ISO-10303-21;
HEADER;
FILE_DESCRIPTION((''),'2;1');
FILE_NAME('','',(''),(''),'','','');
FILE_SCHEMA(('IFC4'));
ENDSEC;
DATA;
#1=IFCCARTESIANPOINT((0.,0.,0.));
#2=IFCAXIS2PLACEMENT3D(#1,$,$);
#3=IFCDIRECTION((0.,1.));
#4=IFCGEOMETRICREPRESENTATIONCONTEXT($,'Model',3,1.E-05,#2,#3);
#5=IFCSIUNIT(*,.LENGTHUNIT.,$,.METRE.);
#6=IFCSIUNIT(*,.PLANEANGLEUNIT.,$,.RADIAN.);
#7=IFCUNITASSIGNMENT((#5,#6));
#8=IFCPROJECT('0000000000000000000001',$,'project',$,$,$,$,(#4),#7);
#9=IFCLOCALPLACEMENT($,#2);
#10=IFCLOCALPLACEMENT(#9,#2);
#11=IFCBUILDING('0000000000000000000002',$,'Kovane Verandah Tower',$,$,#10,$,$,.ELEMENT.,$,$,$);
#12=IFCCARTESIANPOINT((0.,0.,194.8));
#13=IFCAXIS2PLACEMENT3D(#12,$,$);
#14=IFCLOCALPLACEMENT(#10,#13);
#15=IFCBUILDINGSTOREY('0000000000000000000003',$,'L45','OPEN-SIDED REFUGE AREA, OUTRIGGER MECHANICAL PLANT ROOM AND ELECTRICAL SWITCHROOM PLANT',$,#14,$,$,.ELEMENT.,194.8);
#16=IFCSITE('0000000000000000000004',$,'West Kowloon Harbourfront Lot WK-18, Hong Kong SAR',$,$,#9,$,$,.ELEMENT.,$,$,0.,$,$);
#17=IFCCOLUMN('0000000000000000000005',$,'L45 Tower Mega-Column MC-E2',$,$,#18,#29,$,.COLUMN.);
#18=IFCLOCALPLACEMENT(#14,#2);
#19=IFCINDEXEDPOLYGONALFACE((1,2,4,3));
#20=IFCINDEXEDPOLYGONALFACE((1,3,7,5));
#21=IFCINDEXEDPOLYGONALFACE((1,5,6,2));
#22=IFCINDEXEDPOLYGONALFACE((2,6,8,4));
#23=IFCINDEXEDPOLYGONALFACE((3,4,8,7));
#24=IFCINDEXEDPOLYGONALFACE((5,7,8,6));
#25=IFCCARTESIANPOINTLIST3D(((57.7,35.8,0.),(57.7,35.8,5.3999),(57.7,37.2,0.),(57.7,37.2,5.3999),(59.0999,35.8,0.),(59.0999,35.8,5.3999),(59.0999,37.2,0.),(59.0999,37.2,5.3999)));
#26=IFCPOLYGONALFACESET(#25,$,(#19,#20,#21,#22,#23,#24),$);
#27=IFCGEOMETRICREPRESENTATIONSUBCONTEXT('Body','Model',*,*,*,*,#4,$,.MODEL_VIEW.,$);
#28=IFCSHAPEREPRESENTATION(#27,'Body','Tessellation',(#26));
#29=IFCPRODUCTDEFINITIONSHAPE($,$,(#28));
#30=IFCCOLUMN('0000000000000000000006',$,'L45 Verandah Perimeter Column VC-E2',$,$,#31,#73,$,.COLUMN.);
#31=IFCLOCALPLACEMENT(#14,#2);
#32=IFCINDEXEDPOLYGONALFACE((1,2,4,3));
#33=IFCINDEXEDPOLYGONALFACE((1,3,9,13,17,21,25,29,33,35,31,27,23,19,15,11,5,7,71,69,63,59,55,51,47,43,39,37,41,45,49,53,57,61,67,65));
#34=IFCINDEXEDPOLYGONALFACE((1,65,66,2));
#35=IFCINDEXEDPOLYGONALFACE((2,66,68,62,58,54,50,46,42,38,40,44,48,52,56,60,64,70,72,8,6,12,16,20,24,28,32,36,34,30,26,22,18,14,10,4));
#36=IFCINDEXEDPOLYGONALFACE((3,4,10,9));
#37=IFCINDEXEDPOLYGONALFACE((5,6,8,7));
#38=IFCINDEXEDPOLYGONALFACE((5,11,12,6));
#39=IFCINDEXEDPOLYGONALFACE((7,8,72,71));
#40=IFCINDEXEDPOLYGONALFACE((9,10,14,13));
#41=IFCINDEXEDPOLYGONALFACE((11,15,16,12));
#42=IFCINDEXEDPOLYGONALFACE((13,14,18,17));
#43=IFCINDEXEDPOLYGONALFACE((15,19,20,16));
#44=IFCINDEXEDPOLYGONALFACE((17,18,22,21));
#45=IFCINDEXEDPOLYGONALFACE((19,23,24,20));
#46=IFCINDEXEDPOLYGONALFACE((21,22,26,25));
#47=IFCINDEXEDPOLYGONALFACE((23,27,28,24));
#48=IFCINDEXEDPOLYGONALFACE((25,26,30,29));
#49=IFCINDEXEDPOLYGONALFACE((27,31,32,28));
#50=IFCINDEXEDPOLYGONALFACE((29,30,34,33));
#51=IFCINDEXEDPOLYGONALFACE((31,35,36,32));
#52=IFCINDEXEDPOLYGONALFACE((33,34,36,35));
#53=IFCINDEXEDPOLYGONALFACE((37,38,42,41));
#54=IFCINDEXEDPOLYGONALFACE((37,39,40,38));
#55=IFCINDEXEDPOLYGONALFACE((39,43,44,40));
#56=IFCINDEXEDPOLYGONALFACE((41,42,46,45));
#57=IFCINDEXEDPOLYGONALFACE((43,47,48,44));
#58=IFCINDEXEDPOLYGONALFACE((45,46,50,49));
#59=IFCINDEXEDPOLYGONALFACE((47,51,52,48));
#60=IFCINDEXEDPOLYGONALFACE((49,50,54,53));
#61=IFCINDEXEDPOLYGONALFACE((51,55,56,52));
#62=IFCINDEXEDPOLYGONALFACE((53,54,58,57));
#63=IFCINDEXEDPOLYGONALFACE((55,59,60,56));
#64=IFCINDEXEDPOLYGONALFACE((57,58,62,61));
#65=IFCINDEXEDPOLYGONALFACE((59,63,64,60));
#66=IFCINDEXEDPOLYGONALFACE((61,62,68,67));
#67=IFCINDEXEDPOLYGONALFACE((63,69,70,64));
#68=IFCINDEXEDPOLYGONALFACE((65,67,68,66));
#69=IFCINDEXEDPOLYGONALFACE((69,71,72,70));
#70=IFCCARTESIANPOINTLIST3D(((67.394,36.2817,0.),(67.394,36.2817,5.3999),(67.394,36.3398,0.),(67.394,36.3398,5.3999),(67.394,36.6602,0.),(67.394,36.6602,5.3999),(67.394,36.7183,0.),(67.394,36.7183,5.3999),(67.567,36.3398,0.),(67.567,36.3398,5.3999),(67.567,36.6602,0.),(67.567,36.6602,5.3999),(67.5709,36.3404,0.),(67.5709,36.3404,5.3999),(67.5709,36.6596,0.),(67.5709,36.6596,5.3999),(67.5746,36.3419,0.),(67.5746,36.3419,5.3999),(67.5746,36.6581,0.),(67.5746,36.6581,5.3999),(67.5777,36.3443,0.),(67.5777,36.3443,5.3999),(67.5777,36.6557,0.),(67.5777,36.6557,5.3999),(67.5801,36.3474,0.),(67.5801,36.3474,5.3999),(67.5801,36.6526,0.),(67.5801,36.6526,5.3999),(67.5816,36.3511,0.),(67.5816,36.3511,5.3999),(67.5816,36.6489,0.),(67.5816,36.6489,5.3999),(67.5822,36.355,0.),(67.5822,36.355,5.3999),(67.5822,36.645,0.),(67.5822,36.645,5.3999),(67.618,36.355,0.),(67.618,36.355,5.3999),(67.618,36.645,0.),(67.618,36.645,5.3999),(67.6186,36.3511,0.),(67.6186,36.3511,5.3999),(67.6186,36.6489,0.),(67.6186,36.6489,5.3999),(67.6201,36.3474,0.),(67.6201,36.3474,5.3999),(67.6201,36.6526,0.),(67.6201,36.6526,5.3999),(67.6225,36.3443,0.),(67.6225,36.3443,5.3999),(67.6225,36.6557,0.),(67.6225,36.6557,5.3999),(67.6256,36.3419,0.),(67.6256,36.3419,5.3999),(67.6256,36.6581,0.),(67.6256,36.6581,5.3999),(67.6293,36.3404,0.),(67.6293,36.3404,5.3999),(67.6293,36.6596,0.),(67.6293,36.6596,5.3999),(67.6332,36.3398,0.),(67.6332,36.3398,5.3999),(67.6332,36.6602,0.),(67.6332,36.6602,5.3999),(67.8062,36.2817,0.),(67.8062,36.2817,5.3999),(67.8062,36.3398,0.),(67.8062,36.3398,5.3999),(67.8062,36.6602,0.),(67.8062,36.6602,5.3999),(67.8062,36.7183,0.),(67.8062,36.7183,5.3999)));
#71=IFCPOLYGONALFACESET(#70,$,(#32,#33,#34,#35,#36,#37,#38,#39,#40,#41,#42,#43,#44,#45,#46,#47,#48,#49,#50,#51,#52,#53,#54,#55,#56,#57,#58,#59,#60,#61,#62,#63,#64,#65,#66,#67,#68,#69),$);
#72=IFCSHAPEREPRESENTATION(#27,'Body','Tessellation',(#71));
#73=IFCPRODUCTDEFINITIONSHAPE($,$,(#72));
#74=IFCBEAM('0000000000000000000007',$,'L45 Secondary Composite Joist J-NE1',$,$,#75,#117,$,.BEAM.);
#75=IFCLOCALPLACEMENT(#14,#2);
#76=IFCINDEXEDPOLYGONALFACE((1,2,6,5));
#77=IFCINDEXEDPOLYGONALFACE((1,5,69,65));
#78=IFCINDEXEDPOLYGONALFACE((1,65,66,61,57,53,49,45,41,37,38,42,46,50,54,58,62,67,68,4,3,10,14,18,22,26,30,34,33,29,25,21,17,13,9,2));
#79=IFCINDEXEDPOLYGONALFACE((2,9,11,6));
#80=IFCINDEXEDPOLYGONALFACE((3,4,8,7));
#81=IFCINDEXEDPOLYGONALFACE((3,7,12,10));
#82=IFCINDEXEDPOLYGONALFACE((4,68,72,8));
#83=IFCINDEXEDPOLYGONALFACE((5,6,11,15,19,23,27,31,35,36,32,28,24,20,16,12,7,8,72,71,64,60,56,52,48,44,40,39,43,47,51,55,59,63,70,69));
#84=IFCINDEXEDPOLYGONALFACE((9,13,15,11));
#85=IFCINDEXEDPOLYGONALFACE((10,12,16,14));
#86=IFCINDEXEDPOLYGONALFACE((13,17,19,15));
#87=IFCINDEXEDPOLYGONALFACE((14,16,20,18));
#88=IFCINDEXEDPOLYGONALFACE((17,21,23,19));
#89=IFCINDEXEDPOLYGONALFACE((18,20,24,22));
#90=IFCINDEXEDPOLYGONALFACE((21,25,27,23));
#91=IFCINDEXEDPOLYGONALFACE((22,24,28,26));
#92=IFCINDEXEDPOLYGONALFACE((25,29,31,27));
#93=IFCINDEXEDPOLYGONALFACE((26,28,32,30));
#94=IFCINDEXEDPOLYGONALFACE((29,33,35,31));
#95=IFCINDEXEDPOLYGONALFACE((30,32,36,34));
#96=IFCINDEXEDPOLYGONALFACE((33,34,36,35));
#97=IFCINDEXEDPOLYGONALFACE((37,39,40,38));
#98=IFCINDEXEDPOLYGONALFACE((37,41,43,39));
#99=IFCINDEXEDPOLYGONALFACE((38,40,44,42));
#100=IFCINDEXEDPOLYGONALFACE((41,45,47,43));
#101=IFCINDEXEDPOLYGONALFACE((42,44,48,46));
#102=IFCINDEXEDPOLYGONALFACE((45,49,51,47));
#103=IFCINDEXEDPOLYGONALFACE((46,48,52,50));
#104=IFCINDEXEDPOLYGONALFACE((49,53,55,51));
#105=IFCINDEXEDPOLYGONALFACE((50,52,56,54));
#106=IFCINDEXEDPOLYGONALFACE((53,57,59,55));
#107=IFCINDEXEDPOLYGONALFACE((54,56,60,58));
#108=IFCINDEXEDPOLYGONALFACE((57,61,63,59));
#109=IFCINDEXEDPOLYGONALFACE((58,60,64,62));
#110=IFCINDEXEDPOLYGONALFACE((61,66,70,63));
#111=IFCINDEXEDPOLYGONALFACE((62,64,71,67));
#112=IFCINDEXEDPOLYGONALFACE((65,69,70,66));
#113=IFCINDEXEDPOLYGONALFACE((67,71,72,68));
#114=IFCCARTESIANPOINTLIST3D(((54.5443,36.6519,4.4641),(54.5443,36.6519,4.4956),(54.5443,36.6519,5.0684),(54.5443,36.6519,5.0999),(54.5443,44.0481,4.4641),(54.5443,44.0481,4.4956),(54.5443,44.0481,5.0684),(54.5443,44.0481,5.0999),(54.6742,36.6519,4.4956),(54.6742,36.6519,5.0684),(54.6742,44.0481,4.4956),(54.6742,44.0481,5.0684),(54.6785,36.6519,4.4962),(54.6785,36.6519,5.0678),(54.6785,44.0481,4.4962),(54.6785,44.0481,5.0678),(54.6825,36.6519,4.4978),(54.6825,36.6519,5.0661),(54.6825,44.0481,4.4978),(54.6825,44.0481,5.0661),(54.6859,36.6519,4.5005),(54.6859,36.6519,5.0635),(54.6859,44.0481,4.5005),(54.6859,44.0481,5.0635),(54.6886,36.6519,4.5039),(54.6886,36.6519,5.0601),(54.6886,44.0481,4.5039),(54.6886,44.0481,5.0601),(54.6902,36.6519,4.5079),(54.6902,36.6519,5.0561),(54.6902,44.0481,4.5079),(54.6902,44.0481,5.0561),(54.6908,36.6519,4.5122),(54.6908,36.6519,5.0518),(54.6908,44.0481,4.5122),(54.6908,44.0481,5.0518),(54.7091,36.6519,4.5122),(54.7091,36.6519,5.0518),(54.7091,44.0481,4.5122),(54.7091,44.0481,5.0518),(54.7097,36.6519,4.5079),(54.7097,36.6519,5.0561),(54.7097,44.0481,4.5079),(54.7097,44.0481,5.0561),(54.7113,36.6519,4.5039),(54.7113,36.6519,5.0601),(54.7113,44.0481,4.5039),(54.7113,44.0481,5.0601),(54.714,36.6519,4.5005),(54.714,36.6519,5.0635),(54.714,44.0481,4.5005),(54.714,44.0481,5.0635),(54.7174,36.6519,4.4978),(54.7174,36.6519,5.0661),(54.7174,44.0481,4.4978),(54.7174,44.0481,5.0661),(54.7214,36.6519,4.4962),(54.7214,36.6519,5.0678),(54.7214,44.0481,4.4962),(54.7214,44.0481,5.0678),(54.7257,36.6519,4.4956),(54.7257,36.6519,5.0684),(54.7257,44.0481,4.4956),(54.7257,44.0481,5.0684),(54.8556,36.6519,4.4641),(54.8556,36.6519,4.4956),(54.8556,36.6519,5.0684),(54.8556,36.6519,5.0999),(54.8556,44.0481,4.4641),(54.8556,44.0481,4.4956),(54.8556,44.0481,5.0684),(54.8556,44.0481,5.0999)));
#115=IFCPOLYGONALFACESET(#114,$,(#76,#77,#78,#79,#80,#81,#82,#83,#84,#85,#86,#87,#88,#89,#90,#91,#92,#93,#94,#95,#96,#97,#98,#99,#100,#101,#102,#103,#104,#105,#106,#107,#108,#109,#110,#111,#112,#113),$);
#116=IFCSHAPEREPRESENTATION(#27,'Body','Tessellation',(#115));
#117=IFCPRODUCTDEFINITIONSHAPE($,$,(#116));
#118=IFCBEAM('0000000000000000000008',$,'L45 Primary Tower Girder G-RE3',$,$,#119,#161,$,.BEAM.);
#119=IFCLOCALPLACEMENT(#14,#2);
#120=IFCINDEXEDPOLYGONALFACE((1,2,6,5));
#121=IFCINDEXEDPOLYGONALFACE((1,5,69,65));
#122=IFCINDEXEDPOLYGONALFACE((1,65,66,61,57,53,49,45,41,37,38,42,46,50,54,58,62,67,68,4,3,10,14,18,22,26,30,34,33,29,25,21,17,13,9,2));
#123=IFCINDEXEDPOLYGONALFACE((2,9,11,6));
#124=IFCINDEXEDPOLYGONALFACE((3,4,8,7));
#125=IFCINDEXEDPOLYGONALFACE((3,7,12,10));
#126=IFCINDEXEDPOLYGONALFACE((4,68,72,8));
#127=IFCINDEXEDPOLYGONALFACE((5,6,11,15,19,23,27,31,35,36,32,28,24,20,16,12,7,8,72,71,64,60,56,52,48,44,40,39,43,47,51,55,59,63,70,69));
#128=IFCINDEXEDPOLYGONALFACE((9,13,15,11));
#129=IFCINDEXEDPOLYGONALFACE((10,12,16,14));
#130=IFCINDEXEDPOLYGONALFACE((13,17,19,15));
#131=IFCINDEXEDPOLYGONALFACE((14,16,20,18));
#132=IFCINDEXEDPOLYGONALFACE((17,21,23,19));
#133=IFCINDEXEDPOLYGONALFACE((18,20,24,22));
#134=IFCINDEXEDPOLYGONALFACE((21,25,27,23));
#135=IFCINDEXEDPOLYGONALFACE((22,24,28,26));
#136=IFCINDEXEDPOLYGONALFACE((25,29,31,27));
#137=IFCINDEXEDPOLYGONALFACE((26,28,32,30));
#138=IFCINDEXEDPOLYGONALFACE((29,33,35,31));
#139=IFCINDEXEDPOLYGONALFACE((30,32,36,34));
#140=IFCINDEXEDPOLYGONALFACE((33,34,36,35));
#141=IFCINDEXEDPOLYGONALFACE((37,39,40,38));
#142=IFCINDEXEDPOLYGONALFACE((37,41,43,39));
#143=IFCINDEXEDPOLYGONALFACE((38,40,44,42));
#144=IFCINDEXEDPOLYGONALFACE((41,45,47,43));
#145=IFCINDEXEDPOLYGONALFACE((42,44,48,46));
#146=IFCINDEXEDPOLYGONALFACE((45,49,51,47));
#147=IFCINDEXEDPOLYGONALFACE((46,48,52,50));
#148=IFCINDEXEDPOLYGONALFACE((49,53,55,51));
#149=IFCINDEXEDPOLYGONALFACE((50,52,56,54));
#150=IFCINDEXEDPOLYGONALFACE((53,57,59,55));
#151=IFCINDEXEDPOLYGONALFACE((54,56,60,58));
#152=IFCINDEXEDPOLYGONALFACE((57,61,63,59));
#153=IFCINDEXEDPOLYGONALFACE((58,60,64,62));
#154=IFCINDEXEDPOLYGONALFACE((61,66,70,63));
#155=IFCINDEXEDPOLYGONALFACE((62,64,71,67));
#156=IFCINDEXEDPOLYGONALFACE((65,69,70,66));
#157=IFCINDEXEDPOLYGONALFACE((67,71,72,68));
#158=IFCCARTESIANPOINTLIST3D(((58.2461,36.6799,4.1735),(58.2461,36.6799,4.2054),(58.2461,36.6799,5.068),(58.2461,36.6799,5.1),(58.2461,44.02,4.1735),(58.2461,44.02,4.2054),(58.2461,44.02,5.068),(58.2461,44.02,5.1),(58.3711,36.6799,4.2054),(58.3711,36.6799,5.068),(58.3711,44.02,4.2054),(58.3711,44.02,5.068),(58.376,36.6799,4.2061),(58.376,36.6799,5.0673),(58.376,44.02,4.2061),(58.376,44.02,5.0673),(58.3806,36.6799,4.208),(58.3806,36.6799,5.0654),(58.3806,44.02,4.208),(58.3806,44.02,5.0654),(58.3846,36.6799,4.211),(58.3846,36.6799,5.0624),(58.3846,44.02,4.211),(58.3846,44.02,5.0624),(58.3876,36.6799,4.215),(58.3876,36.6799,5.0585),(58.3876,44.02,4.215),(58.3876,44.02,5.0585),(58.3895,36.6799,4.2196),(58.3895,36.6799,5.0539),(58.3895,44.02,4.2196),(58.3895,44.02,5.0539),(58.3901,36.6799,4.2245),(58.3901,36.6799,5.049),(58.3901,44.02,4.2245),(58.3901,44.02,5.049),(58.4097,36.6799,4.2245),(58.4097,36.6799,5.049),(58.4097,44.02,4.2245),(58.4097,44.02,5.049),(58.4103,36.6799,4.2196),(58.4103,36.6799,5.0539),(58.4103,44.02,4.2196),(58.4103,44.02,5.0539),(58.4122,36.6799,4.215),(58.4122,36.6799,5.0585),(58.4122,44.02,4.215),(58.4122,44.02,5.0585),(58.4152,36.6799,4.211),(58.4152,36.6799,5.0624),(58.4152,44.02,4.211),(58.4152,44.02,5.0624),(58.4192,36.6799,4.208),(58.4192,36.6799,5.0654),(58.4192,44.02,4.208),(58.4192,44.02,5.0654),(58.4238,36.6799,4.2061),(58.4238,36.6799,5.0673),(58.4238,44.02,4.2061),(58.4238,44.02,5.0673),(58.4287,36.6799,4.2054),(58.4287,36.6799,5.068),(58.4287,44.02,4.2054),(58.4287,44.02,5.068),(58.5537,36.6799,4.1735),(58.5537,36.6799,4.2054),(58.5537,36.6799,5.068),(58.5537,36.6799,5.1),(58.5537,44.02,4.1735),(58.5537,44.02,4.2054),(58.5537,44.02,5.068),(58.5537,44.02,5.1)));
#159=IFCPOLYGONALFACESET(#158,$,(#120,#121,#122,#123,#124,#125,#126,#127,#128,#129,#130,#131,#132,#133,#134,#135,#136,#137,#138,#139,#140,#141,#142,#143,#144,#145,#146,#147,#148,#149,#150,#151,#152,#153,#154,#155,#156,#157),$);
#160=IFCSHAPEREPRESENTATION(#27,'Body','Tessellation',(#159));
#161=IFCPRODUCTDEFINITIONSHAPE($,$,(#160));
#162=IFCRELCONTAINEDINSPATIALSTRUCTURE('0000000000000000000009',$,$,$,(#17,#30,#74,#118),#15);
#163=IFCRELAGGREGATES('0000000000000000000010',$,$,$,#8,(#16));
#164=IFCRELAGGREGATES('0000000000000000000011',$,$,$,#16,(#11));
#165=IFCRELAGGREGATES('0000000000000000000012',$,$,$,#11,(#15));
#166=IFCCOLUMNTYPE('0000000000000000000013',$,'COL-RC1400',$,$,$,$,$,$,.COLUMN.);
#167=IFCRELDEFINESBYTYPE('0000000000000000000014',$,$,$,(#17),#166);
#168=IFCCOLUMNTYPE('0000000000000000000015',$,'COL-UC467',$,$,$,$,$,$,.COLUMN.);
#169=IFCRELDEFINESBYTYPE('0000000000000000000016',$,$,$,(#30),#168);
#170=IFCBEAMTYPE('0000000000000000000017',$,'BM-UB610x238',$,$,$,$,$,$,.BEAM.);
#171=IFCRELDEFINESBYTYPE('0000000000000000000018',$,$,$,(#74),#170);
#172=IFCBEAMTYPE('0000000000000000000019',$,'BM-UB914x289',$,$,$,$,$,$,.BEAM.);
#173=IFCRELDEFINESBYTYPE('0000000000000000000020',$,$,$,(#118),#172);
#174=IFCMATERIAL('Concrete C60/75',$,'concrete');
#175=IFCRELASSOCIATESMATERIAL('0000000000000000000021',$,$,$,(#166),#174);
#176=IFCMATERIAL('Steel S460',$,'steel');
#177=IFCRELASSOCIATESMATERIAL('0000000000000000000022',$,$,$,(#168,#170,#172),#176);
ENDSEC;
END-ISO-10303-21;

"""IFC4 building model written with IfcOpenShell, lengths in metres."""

from ifc_helpers import new_model, si_unit, direction, frame, origin, origin_2d, place, context, subcontext, project, spatial, rectangle, i_section, extrude, material, material_profile, profile_set, type_object, element, save


model = new_model("IFC4")

# Units and contexts
model_context = context("Model", 3, precision=1e-05, world=origin(), true_north=direction((0.0, 1.0)))
body_context = subcontext(model_context, "Body", "Model", "MODEL_VIEW")
ifc_project = project(units=[si_unit("LENGTHUNIT", "METRE"), si_unit("PLANEANGLEUNIT", "RADIAN")], contexts=[model_context])

# Site, building, storey
site_placement = place(None, origin())
site = spatial("IfcSite", under=ifc_project, at=site_placement, Name="West Kowloon Harbourfront Lot WK-18, Hong Kong SAR", CompositionType="ELEMENT", RefElevation=0.0)
building_placement = place(site_placement, origin())
building = spatial("IfcBuilding", under=site, at=building_placement, Name="Kovane Verandah Tower", CompositionType="ELEMENT")
storey_placement = place(building_placement, frame((0.0, 0.0, 194.8)))
storey = spatial("IfcBuildingStorey", under=building, at=storey_placement, Name="L45", Description="OPEN-SIDED REFUGE AREA, OUTRIGGER MECHANICAL PLANT ROOM AND ELECTRICAL SWITCHROOM PLANT", CompositionType="ELEMENT", Elevation=194.8)

# Columns
ifc_material_1 = material(Name="Concrete C60/75", Category="concrete")
ifc_material_profile_1 = material_profile(ifc_material_1, rectangle(XDim=1.3999, YDim=1.3999, at=origin_2d()), Name="RC1400x1400")
ifc_profile_set_1 = profile_set([ifc_material_profile_1], Name="Concrete C60/75")
column_type_1 = type_object("IfcColumnType", Name="COL-RC1400", PredefinedType="COLUMN", material=ifc_profile_set_1)
column_1_placement = place(storey_placement, frame((58.3999, 36.5, 0.0), z_axis=(0.0, 0.0, 1.0), x_axis=(1.0, 0.0, 0.0)))
element("IfcColumn", 1, at=column_1_placement, inside=storey, type_object=column_type_1, Name="L45 Tower Mega-Column MC-E2", PredefinedType="COLUMN", context=body_context, shape_type="SweptSolid", body=[
    extrude(rectangle(XDim=1.3999, YDim=1.3999, at=origin_2d()), origin(), (0.0, 0.0, 1.0), 5.3999),
])
ifc_material_2 = material(Name="Steel S460", Category="steel")
ifc_material_profile_2 = material_profile(ifc_material_2, i_section(OverallWidth=0.4121, OverallDepth=0.4365, WebThickness=0.0359, FlangeThickness=0.0581, FilletRadius=0.0151, at=origin_2d()), Name="UC356x406x467")
ifc_profile_set_2 = profile_set([ifc_material_profile_2], Name="Steel S460")
column_type_2 = type_object("IfcColumnType", Name="COL-UC467", PredefinedType="COLUMN", material=ifc_profile_set_2)
column_2_placement = place(storey_placement, frame((67.6001, 36.5, 0.0), z_axis=(0.0, 0.0, 1.0), x_axis=(1.0, 0.0, 0.0)))
element("IfcColumn", 2, at=column_2_placement, inside=storey, type_object=column_type_2, Name="L45 Verandah Perimeter Column VC-E2", PredefinedType="COLUMN", context=body_context, shape_type="SweptSolid", body=[
    extrude(i_section(OverallWidth=0.4121, OverallDepth=0.4365, WebThickness=0.0359, FlangeThickness=0.0581, FilletRadius=0.0151, at=origin_2d()), origin(), (0.0, 0.0, 1.0), 5.3999),
])

# Beams
ifc_material_profile_3 = material_profile(ifc_material_2, i_section(OverallWidth=0.3113, OverallDepth=0.6357, WebThickness=0.0183, FlangeThickness=0.0315, FilletRadius=0.0166, at=origin_2d()), Name="UB610x305x238")
ifc_profile_set_3 = profile_set([ifc_material_profile_3], Name="Steel S460")
beam_type_1 = type_object("IfcBeamType", Name="BM-UB610x238", PredefinedType="BEAM", material=ifc_profile_set_3)
beam_1_placement = place(storey_placement, frame((54.7, 36.6519, 4.782), z_axis=(0.0, 1.0, 0.0), x_axis=(-1.0, 0.0, 0.0)))
element("IfcBeam", 3, at=beam_1_placement, inside=storey, type_object=beam_type_1, Name="L45 Secondary Composite Joist J-NE1", PredefinedType="BEAM", context=body_context, shape_type="SweptSolid", body=[
    extrude(i_section(OverallWidth=0.3113, OverallDepth=0.6357, WebThickness=0.0183, FlangeThickness=0.0315, FilletRadius=0.0166, at=origin_2d()), origin(), (0.0, 0.0, 1.0), 7.3962),
])
ifc_material_profile_4 = material_profile(ifc_material_2, i_section(OverallWidth=0.3076, OverallDepth=0.9265, WebThickness=0.0195, FlangeThickness=0.032, FilletRadius=0.019, at=origin_2d()), Name="UB914x305x289")
ifc_profile_set_4 = profile_set([ifc_material_profile_4], Name="Steel S460")
beam_type_2 = type_object("IfcBeamType", Name="BM-UB914x289", PredefinedType="BEAM", material=ifc_profile_set_4)
beam_2_placement = place(storey_placement, frame((58.3999, 36.6799, 4.6367), z_axis=(0.0, 1.0, 0.0), x_axis=(-1.0, 0.0, 0.0)))
element("IfcBeam", 4, at=beam_2_placement, inside=storey, type_object=beam_type_2, Name="L45 Primary Tower Girder G-RE3", PredefinedType="BEAM", context=body_context, shape_type="SweptSolid", body=[
    extrude(i_section(OverallWidth=0.3076, OverallDepth=0.9265, WebThickness=0.0195, FlangeThickness=0.032, FilletRadius=0.019, at=origin_2d()), origin(), (0.0, 0.0, 1.0), 7.3401),
])

save(model, "model.ifc")
